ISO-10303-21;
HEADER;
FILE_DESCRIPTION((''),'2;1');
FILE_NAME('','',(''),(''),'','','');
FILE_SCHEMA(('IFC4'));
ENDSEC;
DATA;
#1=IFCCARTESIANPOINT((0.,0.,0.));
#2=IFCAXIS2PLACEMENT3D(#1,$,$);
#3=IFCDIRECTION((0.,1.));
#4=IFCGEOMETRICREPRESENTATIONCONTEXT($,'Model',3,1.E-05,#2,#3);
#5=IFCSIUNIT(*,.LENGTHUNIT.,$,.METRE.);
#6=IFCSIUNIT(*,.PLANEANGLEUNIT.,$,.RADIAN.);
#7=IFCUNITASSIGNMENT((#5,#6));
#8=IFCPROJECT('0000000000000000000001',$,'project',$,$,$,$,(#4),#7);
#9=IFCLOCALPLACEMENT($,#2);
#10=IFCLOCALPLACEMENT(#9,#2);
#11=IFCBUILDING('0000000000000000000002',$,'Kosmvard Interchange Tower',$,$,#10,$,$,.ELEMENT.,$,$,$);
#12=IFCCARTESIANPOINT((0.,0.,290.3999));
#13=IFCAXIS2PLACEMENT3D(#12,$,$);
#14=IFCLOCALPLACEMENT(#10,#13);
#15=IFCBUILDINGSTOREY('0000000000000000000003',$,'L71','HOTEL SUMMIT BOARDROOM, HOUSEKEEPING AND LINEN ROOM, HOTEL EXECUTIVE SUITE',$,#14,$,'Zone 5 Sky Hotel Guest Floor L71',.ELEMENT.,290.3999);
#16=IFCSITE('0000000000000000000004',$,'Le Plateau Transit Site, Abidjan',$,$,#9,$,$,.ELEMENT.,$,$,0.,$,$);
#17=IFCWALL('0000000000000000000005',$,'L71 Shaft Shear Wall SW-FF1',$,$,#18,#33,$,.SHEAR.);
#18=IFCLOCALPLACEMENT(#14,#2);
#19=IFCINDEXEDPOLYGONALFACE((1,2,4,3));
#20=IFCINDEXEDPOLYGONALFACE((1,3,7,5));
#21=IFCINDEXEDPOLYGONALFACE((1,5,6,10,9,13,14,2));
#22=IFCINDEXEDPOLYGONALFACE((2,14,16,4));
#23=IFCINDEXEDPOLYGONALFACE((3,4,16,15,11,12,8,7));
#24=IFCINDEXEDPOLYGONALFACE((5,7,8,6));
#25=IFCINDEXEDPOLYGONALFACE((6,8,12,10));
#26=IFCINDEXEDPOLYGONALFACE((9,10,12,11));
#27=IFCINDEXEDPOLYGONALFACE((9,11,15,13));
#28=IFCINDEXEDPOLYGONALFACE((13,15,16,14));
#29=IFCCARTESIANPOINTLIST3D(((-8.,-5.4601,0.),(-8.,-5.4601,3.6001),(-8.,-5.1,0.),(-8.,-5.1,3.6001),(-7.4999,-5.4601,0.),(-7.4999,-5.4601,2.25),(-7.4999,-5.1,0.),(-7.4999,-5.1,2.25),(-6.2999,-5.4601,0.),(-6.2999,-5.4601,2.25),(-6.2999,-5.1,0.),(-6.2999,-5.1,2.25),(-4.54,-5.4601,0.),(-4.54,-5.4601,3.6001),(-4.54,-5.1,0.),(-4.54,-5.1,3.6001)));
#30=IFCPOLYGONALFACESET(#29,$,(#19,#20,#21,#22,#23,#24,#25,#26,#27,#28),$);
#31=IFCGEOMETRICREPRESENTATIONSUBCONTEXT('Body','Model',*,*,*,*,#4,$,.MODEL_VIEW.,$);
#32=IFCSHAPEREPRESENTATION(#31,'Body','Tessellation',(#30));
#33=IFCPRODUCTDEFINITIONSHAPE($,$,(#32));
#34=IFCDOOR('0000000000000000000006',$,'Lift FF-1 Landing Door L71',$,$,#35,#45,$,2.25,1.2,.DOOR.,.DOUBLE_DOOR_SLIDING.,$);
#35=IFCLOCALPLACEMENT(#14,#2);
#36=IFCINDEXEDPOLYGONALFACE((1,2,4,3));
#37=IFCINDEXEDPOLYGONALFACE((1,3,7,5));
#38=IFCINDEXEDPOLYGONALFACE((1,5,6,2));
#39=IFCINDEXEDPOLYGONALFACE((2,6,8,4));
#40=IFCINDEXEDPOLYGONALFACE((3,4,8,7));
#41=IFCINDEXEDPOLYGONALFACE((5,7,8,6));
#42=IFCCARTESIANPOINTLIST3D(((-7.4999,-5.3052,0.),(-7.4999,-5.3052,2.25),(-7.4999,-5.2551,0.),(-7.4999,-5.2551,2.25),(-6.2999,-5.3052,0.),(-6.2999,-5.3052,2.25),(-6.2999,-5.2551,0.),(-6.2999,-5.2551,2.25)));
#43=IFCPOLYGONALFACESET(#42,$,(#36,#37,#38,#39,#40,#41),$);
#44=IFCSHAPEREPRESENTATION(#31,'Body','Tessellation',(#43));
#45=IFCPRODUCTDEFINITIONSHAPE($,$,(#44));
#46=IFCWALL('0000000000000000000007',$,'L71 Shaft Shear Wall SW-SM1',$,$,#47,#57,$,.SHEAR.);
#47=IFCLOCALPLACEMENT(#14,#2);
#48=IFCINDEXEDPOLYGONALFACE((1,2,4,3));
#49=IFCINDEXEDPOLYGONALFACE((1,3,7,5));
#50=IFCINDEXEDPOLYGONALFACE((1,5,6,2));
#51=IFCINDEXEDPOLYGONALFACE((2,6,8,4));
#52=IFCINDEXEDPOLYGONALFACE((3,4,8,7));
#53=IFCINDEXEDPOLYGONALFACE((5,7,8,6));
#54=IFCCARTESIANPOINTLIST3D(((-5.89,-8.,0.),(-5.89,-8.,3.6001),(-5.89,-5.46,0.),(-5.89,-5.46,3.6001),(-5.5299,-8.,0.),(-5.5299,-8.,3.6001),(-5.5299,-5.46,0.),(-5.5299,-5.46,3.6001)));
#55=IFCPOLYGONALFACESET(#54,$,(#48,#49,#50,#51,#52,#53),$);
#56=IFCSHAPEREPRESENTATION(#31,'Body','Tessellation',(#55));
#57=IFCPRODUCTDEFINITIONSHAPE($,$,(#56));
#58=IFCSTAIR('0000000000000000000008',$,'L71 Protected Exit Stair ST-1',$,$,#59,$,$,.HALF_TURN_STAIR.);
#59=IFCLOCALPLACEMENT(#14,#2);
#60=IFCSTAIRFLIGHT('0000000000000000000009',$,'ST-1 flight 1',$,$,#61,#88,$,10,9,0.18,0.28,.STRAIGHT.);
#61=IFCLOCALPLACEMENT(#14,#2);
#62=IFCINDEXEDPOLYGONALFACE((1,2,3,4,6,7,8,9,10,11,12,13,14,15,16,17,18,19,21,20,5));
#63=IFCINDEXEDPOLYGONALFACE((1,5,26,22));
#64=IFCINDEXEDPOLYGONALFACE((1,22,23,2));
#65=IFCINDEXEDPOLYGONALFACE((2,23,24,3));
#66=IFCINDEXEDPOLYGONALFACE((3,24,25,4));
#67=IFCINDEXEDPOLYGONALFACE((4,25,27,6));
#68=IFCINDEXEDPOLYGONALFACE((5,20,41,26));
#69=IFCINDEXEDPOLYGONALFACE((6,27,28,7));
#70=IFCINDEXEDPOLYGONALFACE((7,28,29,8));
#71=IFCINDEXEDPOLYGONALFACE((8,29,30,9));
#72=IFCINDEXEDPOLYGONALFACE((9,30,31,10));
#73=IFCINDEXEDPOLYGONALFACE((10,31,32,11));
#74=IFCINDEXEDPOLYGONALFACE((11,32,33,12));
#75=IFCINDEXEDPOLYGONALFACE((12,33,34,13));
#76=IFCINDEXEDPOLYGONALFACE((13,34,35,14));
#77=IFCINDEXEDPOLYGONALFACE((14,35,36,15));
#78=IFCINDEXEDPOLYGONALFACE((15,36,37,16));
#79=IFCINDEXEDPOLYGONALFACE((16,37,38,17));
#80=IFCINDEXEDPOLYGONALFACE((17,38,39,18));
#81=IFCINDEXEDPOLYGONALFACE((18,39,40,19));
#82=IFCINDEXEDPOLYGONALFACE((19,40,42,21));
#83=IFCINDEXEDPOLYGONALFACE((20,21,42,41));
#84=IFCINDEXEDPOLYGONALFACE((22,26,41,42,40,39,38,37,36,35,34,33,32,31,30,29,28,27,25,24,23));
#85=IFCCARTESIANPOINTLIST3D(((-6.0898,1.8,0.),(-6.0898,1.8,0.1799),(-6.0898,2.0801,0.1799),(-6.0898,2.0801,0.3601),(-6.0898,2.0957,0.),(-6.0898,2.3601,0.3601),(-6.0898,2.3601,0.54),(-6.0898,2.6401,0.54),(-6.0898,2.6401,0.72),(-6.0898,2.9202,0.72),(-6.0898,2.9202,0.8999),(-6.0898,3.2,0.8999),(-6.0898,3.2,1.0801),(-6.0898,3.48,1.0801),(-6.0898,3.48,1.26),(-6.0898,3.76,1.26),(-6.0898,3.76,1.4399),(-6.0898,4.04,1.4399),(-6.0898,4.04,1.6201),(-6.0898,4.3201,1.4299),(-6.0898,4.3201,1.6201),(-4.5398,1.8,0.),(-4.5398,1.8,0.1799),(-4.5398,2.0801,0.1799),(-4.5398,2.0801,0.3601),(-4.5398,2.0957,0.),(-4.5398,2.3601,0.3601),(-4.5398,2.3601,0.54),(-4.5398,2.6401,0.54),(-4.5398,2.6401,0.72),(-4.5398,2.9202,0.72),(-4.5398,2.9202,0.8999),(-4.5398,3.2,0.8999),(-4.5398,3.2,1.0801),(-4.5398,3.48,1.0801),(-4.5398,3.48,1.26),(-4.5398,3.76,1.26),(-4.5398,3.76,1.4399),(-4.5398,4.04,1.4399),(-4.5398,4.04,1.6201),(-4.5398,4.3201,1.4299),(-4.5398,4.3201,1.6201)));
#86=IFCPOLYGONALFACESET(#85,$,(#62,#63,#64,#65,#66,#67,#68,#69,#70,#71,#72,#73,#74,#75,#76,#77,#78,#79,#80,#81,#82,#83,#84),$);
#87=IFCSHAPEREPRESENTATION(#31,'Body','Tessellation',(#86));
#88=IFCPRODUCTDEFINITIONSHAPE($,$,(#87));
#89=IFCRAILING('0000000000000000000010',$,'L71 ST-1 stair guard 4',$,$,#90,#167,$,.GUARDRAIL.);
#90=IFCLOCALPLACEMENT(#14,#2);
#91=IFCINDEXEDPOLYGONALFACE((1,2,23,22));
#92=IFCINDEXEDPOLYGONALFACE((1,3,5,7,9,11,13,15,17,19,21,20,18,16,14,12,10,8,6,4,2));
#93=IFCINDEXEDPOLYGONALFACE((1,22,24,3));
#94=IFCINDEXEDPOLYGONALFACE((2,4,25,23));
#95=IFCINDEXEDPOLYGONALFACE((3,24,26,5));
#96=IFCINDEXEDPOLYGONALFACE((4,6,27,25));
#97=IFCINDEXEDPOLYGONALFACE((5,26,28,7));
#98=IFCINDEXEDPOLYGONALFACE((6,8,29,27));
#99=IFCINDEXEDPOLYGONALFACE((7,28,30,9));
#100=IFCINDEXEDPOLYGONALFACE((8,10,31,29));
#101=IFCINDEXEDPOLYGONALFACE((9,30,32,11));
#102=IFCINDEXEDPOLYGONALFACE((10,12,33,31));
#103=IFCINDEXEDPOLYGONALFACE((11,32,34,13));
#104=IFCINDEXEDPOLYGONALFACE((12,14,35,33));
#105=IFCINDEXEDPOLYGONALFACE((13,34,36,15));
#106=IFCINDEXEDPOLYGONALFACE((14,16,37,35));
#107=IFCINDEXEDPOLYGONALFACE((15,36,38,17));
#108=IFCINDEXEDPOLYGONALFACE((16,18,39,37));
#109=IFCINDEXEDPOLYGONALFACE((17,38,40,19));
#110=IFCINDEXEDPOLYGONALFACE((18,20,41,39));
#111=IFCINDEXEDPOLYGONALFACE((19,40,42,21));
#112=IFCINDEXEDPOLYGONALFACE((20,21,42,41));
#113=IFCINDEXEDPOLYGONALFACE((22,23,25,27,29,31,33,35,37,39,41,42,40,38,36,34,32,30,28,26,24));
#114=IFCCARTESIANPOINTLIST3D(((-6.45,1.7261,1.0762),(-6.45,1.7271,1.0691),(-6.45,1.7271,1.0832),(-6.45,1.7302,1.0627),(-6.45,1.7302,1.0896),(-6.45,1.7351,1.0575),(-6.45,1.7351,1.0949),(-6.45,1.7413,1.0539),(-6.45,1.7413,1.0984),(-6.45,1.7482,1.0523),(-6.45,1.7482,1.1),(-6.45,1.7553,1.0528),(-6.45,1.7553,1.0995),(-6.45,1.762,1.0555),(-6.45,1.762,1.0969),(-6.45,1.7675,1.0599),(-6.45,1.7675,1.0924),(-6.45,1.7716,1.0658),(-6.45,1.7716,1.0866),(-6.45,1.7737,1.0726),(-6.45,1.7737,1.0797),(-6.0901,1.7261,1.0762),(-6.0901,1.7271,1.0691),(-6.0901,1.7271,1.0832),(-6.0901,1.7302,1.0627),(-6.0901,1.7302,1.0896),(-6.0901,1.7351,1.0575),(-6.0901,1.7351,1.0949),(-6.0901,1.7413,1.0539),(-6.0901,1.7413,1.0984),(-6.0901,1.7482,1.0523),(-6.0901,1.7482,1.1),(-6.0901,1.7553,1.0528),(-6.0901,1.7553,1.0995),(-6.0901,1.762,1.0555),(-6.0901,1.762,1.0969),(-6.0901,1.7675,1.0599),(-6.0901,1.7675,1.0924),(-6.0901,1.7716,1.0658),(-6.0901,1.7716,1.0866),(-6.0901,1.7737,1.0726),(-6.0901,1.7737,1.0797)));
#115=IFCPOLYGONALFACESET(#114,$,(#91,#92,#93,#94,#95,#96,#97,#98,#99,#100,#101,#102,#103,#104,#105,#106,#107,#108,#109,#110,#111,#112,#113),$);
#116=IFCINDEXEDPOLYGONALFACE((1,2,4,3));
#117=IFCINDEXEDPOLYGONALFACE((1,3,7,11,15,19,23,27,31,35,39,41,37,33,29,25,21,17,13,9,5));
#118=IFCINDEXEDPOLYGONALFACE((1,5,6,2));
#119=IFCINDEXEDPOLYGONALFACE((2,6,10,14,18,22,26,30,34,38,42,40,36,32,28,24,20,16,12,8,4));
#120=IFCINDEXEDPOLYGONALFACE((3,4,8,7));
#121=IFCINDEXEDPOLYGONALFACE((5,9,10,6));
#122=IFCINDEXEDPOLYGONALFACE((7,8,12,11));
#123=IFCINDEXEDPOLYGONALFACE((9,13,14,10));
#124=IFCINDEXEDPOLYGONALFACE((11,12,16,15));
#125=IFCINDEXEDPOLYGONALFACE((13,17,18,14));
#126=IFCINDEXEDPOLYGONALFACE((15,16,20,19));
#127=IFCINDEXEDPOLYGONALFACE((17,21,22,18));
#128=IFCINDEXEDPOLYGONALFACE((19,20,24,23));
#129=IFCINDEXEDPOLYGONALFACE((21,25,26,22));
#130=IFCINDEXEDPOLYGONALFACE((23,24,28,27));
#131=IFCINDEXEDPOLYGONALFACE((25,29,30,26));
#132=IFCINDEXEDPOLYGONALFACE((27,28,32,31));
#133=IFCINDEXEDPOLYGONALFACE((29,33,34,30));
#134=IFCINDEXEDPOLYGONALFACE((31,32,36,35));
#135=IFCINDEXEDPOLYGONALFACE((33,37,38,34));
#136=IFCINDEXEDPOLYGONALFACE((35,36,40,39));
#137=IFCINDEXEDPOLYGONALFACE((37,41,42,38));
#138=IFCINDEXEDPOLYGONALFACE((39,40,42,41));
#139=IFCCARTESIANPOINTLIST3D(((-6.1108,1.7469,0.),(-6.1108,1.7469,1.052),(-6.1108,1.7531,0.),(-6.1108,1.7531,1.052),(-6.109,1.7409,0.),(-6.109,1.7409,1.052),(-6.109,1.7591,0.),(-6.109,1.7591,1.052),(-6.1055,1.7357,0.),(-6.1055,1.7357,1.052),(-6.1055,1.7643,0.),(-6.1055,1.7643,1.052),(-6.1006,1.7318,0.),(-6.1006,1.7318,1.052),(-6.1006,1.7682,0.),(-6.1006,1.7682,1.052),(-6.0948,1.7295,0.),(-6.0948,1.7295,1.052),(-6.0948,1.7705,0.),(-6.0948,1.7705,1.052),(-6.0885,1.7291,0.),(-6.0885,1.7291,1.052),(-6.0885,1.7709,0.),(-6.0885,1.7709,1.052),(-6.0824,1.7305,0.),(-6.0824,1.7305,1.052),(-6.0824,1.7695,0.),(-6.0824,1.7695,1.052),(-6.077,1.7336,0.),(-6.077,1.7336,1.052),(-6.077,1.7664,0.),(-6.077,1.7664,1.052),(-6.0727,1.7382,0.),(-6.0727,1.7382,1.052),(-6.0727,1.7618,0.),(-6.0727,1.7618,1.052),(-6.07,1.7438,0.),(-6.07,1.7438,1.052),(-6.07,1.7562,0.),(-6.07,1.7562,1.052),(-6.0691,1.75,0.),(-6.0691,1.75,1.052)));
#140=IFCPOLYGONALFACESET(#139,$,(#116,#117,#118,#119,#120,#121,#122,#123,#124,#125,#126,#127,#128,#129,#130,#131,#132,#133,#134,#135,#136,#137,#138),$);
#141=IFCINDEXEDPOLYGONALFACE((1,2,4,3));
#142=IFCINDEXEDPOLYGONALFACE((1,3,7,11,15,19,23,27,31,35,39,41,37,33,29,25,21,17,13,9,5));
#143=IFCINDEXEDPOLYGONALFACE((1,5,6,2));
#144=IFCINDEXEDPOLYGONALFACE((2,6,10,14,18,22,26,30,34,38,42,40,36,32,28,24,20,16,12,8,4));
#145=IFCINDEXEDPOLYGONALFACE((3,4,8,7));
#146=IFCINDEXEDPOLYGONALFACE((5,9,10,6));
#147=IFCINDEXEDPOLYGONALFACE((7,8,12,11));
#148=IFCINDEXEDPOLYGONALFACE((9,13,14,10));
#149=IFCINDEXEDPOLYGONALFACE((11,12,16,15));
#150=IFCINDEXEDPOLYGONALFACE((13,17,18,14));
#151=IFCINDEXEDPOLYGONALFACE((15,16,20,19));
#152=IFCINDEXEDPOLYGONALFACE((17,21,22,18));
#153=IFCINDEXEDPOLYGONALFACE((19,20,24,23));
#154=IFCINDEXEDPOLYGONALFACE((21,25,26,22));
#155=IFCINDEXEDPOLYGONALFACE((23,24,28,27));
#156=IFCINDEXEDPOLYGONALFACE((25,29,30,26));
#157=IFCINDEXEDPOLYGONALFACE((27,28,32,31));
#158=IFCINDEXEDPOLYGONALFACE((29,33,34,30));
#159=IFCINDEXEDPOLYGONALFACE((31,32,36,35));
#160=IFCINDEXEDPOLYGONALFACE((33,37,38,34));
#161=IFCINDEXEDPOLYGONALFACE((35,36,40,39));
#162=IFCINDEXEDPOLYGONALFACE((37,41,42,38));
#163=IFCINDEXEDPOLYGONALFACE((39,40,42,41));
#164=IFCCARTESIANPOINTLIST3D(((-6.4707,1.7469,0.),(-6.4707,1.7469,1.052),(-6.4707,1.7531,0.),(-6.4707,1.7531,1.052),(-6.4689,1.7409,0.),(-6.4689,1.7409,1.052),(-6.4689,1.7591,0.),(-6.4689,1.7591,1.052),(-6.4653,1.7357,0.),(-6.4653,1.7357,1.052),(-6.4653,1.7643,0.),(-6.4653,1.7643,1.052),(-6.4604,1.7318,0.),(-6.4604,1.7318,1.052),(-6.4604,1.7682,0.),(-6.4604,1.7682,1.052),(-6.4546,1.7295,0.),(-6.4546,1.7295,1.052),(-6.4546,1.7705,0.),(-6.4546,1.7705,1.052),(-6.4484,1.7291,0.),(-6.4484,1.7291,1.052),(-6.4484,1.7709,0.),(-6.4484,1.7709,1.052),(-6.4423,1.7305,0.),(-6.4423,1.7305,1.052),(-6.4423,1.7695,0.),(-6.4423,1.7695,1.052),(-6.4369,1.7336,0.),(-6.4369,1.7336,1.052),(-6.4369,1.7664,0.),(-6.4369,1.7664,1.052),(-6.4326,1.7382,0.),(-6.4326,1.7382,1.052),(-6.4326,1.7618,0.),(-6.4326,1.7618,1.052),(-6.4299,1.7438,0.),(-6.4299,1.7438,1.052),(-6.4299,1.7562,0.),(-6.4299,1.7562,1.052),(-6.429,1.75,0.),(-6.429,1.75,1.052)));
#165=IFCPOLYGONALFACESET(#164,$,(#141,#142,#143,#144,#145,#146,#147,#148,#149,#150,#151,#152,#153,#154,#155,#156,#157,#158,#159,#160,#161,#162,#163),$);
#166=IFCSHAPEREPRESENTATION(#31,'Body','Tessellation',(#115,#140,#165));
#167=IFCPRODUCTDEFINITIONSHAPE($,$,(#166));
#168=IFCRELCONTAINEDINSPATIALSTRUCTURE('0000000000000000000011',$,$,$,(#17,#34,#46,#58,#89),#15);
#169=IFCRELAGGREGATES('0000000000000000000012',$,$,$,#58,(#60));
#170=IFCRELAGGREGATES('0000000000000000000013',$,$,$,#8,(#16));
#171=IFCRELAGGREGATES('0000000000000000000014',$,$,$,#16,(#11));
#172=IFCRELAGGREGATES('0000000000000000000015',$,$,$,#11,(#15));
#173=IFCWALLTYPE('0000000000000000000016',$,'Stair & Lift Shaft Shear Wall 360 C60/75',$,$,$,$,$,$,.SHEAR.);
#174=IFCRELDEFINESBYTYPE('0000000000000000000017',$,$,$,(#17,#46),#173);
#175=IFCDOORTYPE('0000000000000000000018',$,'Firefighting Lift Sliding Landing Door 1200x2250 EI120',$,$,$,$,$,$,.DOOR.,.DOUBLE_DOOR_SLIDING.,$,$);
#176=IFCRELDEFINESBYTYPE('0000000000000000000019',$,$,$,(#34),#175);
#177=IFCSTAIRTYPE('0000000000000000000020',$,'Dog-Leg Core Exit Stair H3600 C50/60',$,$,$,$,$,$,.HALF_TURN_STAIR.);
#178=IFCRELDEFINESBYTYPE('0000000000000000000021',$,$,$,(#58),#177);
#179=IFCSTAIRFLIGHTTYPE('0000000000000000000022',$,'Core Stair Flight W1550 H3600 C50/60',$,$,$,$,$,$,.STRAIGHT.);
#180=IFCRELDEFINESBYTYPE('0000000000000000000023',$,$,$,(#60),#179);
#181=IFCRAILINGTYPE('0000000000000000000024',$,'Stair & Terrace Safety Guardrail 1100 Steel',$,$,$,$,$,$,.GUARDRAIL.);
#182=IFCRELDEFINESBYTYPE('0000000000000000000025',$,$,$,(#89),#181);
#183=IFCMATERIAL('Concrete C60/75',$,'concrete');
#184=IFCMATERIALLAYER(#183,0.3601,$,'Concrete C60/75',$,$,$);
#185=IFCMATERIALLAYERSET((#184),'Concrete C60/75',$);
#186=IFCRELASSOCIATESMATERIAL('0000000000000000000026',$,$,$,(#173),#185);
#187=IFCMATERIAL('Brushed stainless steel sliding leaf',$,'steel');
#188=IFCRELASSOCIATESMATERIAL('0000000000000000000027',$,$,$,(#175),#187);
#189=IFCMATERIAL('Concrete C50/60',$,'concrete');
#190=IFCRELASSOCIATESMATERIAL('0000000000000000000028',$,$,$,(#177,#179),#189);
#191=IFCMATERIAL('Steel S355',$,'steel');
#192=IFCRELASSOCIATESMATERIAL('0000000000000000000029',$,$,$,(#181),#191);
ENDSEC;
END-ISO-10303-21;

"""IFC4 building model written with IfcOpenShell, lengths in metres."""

from ifc_helpers import new_model, si_unit, direction, frame, frame_2d, origin, origin_2d, place, context, subcontext, project, spatial, polyline, rectangle, circle, outline, extrude, source, transform, mapped, material, layer, layer_set, type_object, element, fill, aggregate, save


model = new_model("IFC4")

# Units and contexts
model_context = context("Model", 3, precision=1e-05, world=origin(), true_north=direction((0.0, 1.0)))
body_context = subcontext(model_context, "Body", "Model", "MODEL_VIEW")
ifc_project = project(units=[si_unit("LENGTHUNIT", "METRE"), si_unit("PLANEANGLEUNIT", "RADIAN")], contexts=[model_context])

# Site, building, storey
site_placement = place(None, origin())
site = spatial("IfcSite", under=ifc_project, at=site_placement, Name="Le Plateau Transit Site, Abidjan", CompositionType="ELEMENT", RefElevation=0.0)
building_placement = place(site_placement, origin())
building = spatial("IfcBuilding", under=site, at=building_placement, Name="Kosmvard Interchange Tower", CompositionType="ELEMENT")
storey_placement = place(building_placement, frame((0.0, 0.0, 290.3999)))
storey = spatial("IfcBuildingStorey", under=building, at=storey_placement, Name="L71", Description="HOTEL SUMMIT BOARDROOM, HOUSEKEEPING AND LINEN ROOM, HOTEL EXECUTIVE SUITE", LongName="Zone 5 Sky Hotel Guest Floor L71", CompositionType="ELEMENT", Elevation=290.3999)

# Shared definitions
ifc_material_1 = material(Name="Steel S355", Category="steel")

# Shared definitions
ifc_material_2 = material(Name="Concrete C60/75", Category="concrete")
ifc_layer_1 = layer(ifc_material_2, 0.3601, Name="Concrete C60/75")
ifc_layer_set_1 = layer_set([ifc_layer_1], Name="Concrete C60/75")
wall_type_1 = type_object("IfcWallType", Name="Stair & Lift Shaft Shear Wall 360 C60/75", PredefinedType="SHEAR", material=ifc_layer_set_1)

# Wall, opening, door
wall_1_placement = place(storey_placement, frame((-8.0, -5.28, 0.0), z_axis=(0.0, 0.0, 1.0), x_axis=(1.0, 0.0, 0.0)))
wall_1 = element("IfcWall", 1, at=wall_1_placement, inside=storey, type_object=wall_type_1, Name="L71 Shaft Shear Wall SW-FF1", PredefinedType="SHEAR", context=body_context, shape_type="SweptSolid", body=[
    extrude(rectangle(XDim=3.46, YDim=0.3601, at=frame_2d((1.73, 0.0))), origin(), (0.0, 0.0, 1.0), 3.6001),
])
opening_1_placement = place(wall_1_placement, frame((0.5, 0.0, 0.0)))
opening_1 = element("IfcOpeningElement", 2, at=opening_1_placement, cuts=wall_1, PredefinedType="OPENING", context=body_context, shape_type="SweptSolid", body=[
    extrude(rectangle(XDim=1.2, YDim=2.25, at=frame_2d((0.6001, 1.125))), frame((0.0, 0.1899, 0.0), z_axis=(0.0, -1.0, 0.0), x_axis=(1.0, 0.0, 0.0)), (0.0, 0.0, 1.0), 0.3801),
])
ifc_material_3 = material(Name="Brushed stainless steel sliding leaf", Category="steel")
door_type_1 = type_object("IfcDoorType", Name="Firefighting Lift Sliding Landing Door 1200x2250 EI120", OperationType="DOUBLE_DOOR_SLIDING", PredefinedType="DOOR", material=ifc_material_3)
shared_shape_1 = source(origin(), body_context, "Body", "SweptSolid", [
    extrude(rectangle(XDim=1.2, YDim=2.25, at=frame_2d((0.6001, 1.125))), frame((0.0, 0.0249, 0.0), z_axis=(0.0, -1.0, 0.0), x_axis=(1.0, 0.0, 0.0)), (0.0, 0.0, 1.0), 0.05),
])
door_1_placement = place(opening_1_placement, origin())
door_1 = element("IfcDoor", 3, at=door_1_placement, inside=storey, type_object=door_type_1, Name="Lift FF-1 Landing Door L71", OperationType="DOUBLE_DOOR_SLIDING", OverallHeight=2.25, OverallWidth=1.2, PredefinedType="DOOR", context=body_context, shape_type="MappedRepresentation", body=[
    mapped(shared_shape_1, transform((0.0, 0.0, 0.0), scale=1.0)),
])
fill(opening_1, door_1)

# Wall
wall_2_placement = place(storey_placement, frame((-5.71, -8.0, 0.0), z_axis=(0.0, 0.0, 1.0), x_axis=(0.0, 1.0, 0.0)))
element("IfcWall", 4, at=wall_2_placement, inside=storey, type_object=wall_type_1, Name="L71 Shaft Shear Wall SW-SM1", PredefinedType="SHEAR", context=body_context, shape_type="SweptSolid", body=[
    extrude(rectangle(XDim=2.54, YDim=0.3601, at=frame_2d((1.27, 0.0))), origin(), (0.0, 0.0, 1.0), 3.6001),
])

# Stair, stair flight
ifc_material_4 = material(Name="Concrete C50/60", Category="concrete")
stair_type = type_object("IfcStairType", Name="Dog-Leg Core Exit Stair H3600 C50/60", PredefinedType="HALF_TURN_STAIR", material=ifc_material_4)
stair_placement = place(storey_placement, origin())
stair = element("IfcStair", 5, at=stair_placement, inside=storey, type_object=stair_type, Name="L71 Protected Exit Stair ST-1", PredefinedType="HALF_TURN_STAIR")
stair_flight_type = type_object("IfcStairFlightType", Name="Core Stair Flight W1550 H3600 C50/60", PredefinedType="STRAIGHT", material=ifc_material_4)
shared_shape_2 = source(origin(), body_context, "Body", "SweptSolid", [
    extrude(outline(polyline([(0.0, 0.0), (0.0, 0.1799), (0.28, 0.1799), (0.28, 0.3601), (0.5601, 0.3601), (0.5601, 0.54), (0.8401, 0.54), (0.8401, 0.72), (1.1201, 0.72), (1.1201, 0.8999), (1.3999, 0.8999), (1.3999, 1.0801), (1.6799, 1.0801), (1.6799, 1.26), (1.96, 1.26), (1.96, 1.4399), (2.24, 1.4399), (2.24, 1.6201), (2.52, 1.6201), (2.52, 1.8), (2.52, 1.4299), (0.2957, 0.0), (0.0, 0.0)])), frame((0.0, 0.7749, 0.0), z_axis=(0.0, -1.0, 0.0), x_axis=(1.0, 0.0, 0.0)), (0.0, 0.0, 1.0), 1.55),
])
stair_flight_placement = place(storey_placement, frame((-5.3149, 1.8, 0.0), z_axis=(0.0, 0.0, 1.0), x_axis=(0.0, 1.0, 0.0)))
stair_flight = element("IfcStairFlight", 6, at=stair_flight_placement, type_object=stair_flight_type, Name="ST-1 flight 1", NumberOfRisers=10, NumberOfTreads=9, PredefinedType="STRAIGHT", RiserHeight=0.18, TreadLength=0.28, context=body_context, shape_type="MappedRepresentation", body=[
    mapped(shared_shape_2, transform((0.0, 0.0, 0.0), scale=1.0)),
])
aggregate(stair, [stair_flight])

# Railing
railing_type_1 = type_object("IfcRailingType", Name="Stair & Terrace Safety Guardrail 1100 Steel", PredefinedType="GUARDRAIL", material=ifc_material_1)
shared_shape_3 = source(origin(), body_context, "Body", "SweptSolid", [
    extrude(circle(Radius=0.0239, at=origin_2d()), frame((0.0, 0.0, 1.0762), z_axis=(-1.0, 0.0, 0.0), x_axis=(0.0, -1.0, 0.0)), (0.0, 0.0, 1.0), 0.3599),
    extrude(circle(Radius=0.021, at=origin_2d()), origin(), (0.0, 0.0, 1.0), 1.052),
    extrude(circle(Radius=0.021, at=origin_2d()), frame((-0.3599, 0.0, 0.0)), (0.0, 0.0, 1.0), 1.052),
])
railing_1_placement = place(storey_placement, frame((-6.0901, 1.75, 0.0)))
element("IfcRailing", 7, at=railing_1_placement, inside=storey, type_object=railing_type_1, Name="L71 ST-1 stair guard 4", PredefinedType="GUARDRAIL", context=body_context, shape_type="MappedRepresentation", body=[
    mapped(shared_shape_3, transform((0.0, 0.0, 0.0), scale=1.0)),
])

save(model, "model.ifc")
